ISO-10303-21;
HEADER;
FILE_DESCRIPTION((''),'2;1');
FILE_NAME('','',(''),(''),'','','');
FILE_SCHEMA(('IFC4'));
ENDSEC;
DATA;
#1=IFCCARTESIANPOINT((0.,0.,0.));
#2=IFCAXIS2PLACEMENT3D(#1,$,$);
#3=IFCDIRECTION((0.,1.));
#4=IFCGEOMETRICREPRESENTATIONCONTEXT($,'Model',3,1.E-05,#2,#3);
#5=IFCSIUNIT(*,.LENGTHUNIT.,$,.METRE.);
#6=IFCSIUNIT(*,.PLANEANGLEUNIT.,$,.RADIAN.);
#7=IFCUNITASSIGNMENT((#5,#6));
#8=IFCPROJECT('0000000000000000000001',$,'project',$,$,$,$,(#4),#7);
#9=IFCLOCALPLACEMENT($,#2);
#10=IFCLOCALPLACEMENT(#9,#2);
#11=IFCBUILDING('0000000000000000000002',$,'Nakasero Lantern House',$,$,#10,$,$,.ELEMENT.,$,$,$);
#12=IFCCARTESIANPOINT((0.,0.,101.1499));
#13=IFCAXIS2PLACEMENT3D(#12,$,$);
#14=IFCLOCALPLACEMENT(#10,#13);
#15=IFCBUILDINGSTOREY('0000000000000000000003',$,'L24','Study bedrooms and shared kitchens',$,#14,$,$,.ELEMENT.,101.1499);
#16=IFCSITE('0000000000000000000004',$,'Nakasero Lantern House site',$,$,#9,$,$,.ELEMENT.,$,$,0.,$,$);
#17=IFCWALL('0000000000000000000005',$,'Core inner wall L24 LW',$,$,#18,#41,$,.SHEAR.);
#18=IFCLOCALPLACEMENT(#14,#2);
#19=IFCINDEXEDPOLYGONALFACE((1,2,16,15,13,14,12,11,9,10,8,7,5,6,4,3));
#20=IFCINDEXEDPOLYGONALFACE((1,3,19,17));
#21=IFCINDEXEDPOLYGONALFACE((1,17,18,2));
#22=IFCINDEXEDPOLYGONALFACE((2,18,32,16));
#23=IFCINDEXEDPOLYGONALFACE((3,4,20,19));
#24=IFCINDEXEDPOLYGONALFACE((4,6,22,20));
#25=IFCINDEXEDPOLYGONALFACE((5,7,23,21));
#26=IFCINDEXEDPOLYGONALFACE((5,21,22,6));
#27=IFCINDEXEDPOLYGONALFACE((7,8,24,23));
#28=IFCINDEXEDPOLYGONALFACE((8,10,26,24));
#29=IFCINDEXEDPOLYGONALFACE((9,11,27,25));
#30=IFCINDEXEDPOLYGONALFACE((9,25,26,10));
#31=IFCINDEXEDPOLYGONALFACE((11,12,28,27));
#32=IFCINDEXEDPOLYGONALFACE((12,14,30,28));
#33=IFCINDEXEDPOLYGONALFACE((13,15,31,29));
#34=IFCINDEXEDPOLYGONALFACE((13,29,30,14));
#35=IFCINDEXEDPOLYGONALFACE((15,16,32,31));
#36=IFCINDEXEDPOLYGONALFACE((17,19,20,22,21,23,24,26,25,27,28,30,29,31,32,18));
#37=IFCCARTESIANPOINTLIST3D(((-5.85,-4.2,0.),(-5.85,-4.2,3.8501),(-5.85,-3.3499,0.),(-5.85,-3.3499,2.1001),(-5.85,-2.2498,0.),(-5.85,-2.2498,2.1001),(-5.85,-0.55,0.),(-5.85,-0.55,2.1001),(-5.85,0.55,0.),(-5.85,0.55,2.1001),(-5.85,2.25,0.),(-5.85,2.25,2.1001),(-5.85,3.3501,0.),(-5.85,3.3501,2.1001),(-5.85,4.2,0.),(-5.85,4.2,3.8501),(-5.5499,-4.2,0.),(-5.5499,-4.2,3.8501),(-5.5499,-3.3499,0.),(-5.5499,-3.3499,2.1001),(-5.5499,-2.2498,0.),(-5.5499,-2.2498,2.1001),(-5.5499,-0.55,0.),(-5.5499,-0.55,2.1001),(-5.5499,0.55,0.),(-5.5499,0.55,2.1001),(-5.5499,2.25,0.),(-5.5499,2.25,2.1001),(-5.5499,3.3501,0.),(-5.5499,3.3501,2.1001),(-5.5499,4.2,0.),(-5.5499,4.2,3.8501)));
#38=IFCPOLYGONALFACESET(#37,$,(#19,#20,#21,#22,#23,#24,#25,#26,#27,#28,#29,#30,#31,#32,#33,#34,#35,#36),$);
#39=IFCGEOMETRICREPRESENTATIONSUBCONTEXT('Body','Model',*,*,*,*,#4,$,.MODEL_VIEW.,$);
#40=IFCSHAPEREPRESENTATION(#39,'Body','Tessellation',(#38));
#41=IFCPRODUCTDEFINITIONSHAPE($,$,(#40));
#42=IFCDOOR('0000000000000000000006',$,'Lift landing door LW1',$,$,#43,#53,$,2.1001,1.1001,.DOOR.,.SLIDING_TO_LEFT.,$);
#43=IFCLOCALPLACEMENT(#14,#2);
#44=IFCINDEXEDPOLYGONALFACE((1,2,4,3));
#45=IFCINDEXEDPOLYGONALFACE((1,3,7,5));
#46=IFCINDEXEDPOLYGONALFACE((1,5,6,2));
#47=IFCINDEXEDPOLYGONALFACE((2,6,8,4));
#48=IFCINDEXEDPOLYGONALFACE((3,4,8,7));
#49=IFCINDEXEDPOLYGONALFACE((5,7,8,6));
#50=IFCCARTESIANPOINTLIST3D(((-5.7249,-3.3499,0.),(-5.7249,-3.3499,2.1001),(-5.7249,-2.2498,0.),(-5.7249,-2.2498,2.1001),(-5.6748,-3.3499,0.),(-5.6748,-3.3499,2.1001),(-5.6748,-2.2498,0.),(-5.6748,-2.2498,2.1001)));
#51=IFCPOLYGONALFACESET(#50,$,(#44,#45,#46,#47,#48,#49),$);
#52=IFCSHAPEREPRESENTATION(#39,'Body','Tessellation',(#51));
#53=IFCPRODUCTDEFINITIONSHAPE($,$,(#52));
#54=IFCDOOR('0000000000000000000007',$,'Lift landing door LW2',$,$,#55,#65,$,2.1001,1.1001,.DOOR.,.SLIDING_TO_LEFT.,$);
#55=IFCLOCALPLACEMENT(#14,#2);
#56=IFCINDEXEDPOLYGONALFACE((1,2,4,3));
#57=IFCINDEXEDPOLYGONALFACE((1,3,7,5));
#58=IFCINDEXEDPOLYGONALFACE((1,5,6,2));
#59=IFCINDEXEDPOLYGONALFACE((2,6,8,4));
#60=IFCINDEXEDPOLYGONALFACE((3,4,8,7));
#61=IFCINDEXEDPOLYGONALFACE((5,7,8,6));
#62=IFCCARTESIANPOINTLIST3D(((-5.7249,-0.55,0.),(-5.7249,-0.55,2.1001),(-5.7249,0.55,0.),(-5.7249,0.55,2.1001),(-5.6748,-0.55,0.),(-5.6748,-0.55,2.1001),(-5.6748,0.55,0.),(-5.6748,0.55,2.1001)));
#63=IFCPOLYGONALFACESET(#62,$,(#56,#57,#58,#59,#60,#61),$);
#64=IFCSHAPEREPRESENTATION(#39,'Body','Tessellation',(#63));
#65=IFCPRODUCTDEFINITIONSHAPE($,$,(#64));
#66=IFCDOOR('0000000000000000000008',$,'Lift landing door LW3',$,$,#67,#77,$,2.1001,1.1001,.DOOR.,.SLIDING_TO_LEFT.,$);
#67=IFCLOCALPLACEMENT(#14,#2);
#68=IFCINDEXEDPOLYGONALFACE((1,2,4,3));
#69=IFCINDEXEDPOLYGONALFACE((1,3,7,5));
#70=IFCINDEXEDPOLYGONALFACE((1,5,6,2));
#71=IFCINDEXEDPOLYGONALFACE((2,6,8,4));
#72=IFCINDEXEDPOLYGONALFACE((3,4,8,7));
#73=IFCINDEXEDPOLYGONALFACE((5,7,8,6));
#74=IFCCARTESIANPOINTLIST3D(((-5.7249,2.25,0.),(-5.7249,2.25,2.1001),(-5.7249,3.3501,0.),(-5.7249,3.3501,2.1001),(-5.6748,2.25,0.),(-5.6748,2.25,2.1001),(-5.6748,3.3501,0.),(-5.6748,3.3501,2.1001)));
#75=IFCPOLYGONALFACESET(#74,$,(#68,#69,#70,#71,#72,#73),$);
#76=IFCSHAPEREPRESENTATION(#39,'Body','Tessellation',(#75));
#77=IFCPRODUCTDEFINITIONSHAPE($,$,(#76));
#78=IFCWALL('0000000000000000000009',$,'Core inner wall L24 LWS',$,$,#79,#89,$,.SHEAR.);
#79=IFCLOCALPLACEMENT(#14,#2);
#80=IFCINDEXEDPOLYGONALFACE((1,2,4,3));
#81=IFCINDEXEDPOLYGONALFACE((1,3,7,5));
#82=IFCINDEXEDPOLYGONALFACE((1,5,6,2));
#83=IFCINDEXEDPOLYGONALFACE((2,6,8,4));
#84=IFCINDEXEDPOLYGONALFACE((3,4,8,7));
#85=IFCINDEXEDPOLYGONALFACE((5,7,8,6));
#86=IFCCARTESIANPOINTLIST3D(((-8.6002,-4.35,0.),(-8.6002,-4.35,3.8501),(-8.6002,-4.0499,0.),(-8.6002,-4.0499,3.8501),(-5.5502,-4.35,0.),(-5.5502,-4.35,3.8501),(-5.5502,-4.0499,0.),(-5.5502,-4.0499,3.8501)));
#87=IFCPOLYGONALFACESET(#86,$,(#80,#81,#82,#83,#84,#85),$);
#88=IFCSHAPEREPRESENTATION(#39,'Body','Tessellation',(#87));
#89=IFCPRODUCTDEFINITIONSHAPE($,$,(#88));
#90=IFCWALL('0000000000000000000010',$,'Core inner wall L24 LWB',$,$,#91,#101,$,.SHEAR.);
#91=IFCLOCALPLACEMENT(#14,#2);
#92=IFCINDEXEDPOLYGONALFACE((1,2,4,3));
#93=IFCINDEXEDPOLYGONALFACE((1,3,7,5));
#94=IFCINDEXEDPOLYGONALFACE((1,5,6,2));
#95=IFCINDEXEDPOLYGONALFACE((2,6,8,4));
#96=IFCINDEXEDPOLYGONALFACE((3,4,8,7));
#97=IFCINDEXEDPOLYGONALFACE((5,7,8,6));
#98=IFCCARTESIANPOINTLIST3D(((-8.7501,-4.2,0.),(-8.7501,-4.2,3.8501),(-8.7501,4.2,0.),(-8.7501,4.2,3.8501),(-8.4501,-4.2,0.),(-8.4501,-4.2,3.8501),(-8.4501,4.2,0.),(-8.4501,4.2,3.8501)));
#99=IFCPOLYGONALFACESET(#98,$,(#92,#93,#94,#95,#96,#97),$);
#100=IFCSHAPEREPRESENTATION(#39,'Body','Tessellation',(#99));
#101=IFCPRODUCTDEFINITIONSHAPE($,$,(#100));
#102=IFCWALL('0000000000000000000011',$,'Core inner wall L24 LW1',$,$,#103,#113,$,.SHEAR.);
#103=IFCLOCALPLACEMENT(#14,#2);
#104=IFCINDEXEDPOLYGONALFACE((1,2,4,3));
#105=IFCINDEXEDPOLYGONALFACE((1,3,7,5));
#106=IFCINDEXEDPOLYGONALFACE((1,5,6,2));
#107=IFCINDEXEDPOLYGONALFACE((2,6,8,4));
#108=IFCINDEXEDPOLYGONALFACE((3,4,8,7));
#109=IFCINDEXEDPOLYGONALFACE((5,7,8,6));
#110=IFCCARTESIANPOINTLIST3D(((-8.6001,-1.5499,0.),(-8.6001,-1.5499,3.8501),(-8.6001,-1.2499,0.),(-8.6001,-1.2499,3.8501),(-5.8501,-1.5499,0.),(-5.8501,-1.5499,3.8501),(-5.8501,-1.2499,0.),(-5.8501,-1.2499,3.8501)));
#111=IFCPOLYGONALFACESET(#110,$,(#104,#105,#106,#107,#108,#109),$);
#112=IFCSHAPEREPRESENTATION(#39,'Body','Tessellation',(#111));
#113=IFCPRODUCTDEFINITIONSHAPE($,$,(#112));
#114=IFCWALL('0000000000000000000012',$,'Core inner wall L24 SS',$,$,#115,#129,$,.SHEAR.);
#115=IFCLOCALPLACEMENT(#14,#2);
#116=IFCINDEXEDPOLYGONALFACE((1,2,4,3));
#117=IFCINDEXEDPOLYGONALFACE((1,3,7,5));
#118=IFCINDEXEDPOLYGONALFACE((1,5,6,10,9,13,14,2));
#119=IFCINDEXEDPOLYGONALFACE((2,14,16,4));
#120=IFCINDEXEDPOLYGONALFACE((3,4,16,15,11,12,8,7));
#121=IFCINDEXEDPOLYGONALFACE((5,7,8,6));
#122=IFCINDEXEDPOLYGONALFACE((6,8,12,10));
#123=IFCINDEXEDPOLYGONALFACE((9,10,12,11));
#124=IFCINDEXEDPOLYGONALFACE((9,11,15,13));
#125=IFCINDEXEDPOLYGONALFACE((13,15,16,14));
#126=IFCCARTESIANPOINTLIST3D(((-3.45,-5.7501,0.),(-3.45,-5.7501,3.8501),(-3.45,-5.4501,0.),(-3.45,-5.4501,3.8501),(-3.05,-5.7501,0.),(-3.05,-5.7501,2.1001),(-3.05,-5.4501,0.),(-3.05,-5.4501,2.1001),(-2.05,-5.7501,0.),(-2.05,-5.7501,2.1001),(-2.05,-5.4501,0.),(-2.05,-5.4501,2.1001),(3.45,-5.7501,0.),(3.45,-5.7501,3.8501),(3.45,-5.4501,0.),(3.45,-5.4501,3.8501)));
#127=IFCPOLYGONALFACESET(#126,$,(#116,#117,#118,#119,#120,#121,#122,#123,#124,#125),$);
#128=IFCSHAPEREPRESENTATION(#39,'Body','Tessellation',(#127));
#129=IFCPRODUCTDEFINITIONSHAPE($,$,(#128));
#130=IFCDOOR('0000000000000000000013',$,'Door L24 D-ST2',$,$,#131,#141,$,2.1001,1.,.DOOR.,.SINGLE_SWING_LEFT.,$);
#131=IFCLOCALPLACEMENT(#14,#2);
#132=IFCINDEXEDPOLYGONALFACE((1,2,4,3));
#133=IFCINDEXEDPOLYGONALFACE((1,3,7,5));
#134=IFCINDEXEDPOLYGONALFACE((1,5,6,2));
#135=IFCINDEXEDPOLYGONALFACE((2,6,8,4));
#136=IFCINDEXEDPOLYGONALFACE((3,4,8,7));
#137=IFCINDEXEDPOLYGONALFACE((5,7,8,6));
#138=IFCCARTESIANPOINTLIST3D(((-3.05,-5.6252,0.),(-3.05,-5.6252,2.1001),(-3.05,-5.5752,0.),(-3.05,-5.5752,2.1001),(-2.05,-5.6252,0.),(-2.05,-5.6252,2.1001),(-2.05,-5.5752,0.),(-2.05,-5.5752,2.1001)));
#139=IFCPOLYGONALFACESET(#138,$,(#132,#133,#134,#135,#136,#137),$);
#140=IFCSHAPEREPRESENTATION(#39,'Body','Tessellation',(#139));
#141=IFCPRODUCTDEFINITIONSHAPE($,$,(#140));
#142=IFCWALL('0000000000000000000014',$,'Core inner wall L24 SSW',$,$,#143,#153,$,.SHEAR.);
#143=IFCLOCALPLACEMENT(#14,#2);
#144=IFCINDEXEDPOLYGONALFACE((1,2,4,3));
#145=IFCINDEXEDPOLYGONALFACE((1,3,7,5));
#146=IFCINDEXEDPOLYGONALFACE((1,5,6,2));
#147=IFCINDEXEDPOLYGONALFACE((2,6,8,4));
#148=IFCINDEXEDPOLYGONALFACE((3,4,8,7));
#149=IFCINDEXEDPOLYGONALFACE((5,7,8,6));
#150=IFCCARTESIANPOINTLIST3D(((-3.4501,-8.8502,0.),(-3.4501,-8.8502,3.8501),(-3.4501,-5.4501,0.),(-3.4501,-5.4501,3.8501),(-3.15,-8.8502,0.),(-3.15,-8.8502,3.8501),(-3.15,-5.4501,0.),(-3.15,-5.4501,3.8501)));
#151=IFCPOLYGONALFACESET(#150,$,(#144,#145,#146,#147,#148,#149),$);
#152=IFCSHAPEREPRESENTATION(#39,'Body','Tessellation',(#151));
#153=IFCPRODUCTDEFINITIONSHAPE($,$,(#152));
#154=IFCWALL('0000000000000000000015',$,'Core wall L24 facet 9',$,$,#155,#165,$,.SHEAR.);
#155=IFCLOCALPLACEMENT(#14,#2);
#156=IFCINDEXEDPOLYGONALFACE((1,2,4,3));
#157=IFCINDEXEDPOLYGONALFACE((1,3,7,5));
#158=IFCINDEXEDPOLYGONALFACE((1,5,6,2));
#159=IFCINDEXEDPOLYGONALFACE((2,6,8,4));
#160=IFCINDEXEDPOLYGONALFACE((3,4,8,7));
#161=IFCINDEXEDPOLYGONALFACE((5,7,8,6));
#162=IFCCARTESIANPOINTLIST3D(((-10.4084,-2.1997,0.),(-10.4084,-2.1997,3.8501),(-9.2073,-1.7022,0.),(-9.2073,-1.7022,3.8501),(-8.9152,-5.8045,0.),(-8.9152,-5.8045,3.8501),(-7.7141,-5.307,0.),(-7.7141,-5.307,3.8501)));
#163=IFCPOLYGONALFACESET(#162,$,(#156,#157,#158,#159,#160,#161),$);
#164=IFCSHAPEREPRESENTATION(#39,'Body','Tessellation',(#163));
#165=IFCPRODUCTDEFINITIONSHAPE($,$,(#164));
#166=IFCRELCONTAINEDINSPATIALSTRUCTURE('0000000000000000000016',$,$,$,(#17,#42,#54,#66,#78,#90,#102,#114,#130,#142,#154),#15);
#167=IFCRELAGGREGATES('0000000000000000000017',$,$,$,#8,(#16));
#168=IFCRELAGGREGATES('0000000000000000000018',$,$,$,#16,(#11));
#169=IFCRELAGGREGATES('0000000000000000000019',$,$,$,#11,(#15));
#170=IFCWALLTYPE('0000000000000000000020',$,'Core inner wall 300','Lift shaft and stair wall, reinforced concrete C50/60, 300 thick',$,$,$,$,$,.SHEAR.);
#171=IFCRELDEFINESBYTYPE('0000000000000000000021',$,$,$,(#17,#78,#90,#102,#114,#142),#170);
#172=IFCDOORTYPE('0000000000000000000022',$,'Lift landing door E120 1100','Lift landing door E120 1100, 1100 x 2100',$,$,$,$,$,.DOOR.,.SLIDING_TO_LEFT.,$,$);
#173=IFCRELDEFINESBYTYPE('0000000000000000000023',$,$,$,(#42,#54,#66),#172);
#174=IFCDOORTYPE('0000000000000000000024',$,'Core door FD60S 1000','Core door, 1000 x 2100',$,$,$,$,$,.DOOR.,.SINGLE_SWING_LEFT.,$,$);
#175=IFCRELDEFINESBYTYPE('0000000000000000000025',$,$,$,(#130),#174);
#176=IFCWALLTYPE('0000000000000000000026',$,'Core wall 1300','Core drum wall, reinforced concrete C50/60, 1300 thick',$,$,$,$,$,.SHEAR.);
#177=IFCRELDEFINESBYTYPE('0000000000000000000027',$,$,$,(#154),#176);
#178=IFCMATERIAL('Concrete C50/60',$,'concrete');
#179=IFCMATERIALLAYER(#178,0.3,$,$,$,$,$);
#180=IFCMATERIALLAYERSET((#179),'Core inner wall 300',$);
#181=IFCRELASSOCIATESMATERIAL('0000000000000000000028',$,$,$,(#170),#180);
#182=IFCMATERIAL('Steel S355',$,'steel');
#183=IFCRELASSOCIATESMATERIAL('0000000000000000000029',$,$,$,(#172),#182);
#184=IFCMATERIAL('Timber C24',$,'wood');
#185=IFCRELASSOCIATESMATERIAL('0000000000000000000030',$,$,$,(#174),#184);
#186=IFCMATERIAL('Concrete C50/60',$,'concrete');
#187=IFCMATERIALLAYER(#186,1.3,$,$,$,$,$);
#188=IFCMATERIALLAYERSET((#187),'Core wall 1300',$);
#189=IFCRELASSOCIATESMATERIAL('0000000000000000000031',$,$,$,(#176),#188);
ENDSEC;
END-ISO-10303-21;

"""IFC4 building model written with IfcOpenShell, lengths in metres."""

from ifc_helpers import new_model, si_unit, direction, frame, frame_2d, origin, place, context, subcontext, project, spatial, rectangle, extrude, material, layer, layer_set, type_object, element, fill, save


model = new_model("IFC4")

# Units and contexts
model_context = context("Model", 3, precision=1e-05, world=origin(), true_north=direction((0.0, 1.0)))
body_context = subcontext(model_context, "Body", "Model", "MODEL_VIEW")
ifc_project = project(units=[si_unit("LENGTHUNIT", "METRE"), si_unit("PLANEANGLEUNIT", "RADIAN")], contexts=[model_context])

# Site, building, storey
site_placement = place(None, origin())
site = spatial("IfcSite", under=ifc_project, at=site_placement, Name="Nakasero Lantern House site", CompositionType="ELEMENT", RefElevation=0.0)
building_placement = place(site_placement, origin())
building = spatial("IfcBuilding", under=site, at=building_placement, Name="Nakasero Lantern House", CompositionType="ELEMENT")
storey_placement = place(building_placement, frame((0.0, 0.0, 101.1499)))
storey = spatial("IfcBuildingStorey", under=building, at=storey_placement, Name="L24", Description="Study bedrooms and shared kitchens", CompositionType="ELEMENT", Elevation=101.1499)

# Wall, openings, doors
ifc_material_1 = material(Name="Concrete C50/60", Category="concrete")
ifc_layer_1 = layer(ifc_material_1, 0.3)
ifc_layer_set_1 = layer_set([ifc_layer_1], Name="Core inner wall 300")
wall_type_1 = type_object("IfcWallType", Name="Core inner wall 300", Description="Lift shaft and stair wall, reinforced concrete C50/60, 300 thick", PredefinedType="SHEAR", material=ifc_layer_set_1)
wall_1_placement = place(storey_placement, frame((-5.7, -4.2, 0.0), z_axis=(0.0, 0.0, 1.0), x_axis=(0.0, 1.0, 0.0)))
wall_1 = element("IfcWall", 1, at=wall_1_placement, inside=storey, type_object=wall_type_1, Name="Core inner wall L24 LW", PredefinedType="SHEAR", context=body_context, shape_type="SweptSolid", body=[
    extrude(rectangle(XDim=8.3999, YDim=0.3, at=frame_2d((4.2, 0.0))), origin(), (0.0, 0.0, 1.0), 3.8501),
])
opening_1_placement = place(wall_1_placement, frame((0.8501, 0.0, 0.0)))
opening_1 = element("IfcOpeningElement", 2, at=opening_1_placement, cuts=wall_1, PredefinedType="OPENING", context=body_context, shape_type="SweptSolid", body=[
    extrude(rectangle(XDim=1.1001, YDim=2.1001, at=frame_2d((0.55, 1.05))), frame((0.0, 0.1699, 0.0), z_axis=(0.0, -1.0, 0.0), x_axis=(1.0, 0.0, 0.0)), (0.0, 0.0, 1.0), 0.3401),
])
opening_2_placement = place(wall_1_placement, frame((3.6499, 0.0, 0.0)))
opening_2 = element("IfcOpeningElement", 3, at=opening_2_placement, cuts=wall_1, PredefinedType="OPENING", context=body_context, shape_type="SweptSolid", body=[
    extrude(rectangle(XDim=1.1001, YDim=2.1001, at=frame_2d((0.55, 1.05))), frame((0.0, 0.1699, 0.0), z_axis=(0.0, -1.0, 0.0), x_axis=(1.0, 0.0, 0.0)), (0.0, 0.0, 1.0), 0.3401),
])
opening_3_placement = place(wall_1_placement, frame((6.45, 0.0, 0.0)))
opening_3 = element("IfcOpeningElement", 4, at=opening_3_placement, cuts=wall_1, PredefinedType="OPENING", context=body_context, shape_type="SweptSolid", body=[
    extrude(rectangle(XDim=1.1001, YDim=2.1001, at=frame_2d((0.55, 1.05))), frame((0.0, 0.1699, 0.0), z_axis=(0.0, -1.0, 0.0), x_axis=(1.0, 0.0, 0.0)), (0.0, 0.0, 1.0), 0.3401),
])
ifc_material_2 = material(Name="Steel S355", Category="steel")
door_type_1 = type_object("IfcDoorType", Name="Lift landing door E120 1100", Description="Lift landing door E120 1100, 1100 x 2100", OperationType="SLIDING_TO_LEFT", PredefinedType="DOOR", material=ifc_material_2)
door_1_placement = place(opening_1_placement, origin())
door_1 = element("IfcDoor", 5, at=door_1_placement, inside=storey, type_object=door_type_1, Name="Lift landing door LW1", OperationType="SLIDING_TO_LEFT", OverallHeight=2.1001, OverallWidth=1.1001, PredefinedType="DOOR", context=body_context, shape_type="SweptSolid", body=[
    extrude(rectangle(XDim=1.1001, YDim=2.1001, at=frame_2d((0.55, 1.05))), frame((0.0, 0.0249, 0.0), z_axis=(0.0, -1.0, 0.0), x_axis=(1.0, 0.0, 0.0)), (0.0, 0.0, 1.0), 0.05),
])
fill(opening_1, door_1)
door_2_placement = place(opening_2_placement, origin())
door_2 = element("IfcDoor", 6, at=door_2_placement, inside=storey, type_object=door_type_1, Name="Lift landing door LW2", OperationType="SLIDING_TO_LEFT", OverallHeight=2.1001, OverallWidth=1.1001, PredefinedType="DOOR", context=body_context, shape_type="SweptSolid", body=[
    extrude(rectangle(XDim=1.1001, YDim=2.1001, at=frame_2d((0.55, 1.05))), frame((0.0, 0.0249, 0.0), z_axis=(0.0, -1.0, 0.0), x_axis=(1.0, 0.0, 0.0)), (0.0, 0.0, 1.0), 0.05),
])
fill(opening_2, door_2)
door_3_placement = place(opening_3_placement, origin())
door_3 = element("IfcDoor", 7, at=door_3_placement, inside=storey, type_object=door_type_1, Name="Lift landing door LW3", OperationType="SLIDING_TO_LEFT", OverallHeight=2.1001, OverallWidth=1.1001, PredefinedType="DOOR", context=body_context, shape_type="SweptSolid", body=[
    extrude(rectangle(XDim=1.1001, YDim=2.1001, at=frame_2d((0.55, 1.05))), frame((0.0, 0.0249, 0.0), z_axis=(0.0, -1.0, 0.0), x_axis=(1.0, 0.0, 0.0)), (0.0, 0.0, 1.0), 0.05),
])
fill(opening_3, door_3)

# Walls
wall_2_placement = place(storey_placement, frame((-8.6001, -4.2, 0.0), z_axis=(0.0, 0.0, 1.0), x_axis=(1.0, 0.0, 0.0)))
element("IfcWall", 8, at=wall_2_placement, inside=storey, type_object=wall_type_1, Name="Core inner wall L24 LWS", PredefinedType="SHEAR", context=body_context, shape_type="SweptSolid", body=[
    extrude(rectangle(XDim=3.05, YDim=0.3, at=frame_2d((1.5249, 0.0))), origin(), (0.0, 0.0, 1.0), 3.8501),
])
wall_3_placement = place(storey_placement, frame((-8.6001, -4.2, 0.0), z_axis=(0.0, 0.0, 1.0), x_axis=(0.0, 1.0, 0.0)))
element("IfcWall", 9, at=wall_3_placement, inside=storey, type_object=wall_type_1, Name="Core inner wall L24 LWB", PredefinedType="SHEAR", context=body_context, shape_type="SweptSolid", body=[
    extrude(rectangle(XDim=8.3999, YDim=0.3, at=frame_2d((4.2, 0.0))), origin(), (0.0, 0.0, 1.0), 3.8501),
])
wall_4_placement = place(storey_placement, frame((-8.6001, -1.3999, 0.0), z_axis=(0.0, 0.0, 1.0), x_axis=(1.0, 0.0, 0.0)))
element("IfcWall", 10, at=wall_4_placement, inside=storey, type_object=wall_type_1, Name="Core inner wall L24 LW1", PredefinedType="SHEAR", context=body_context, shape_type="SweptSolid", body=[
    extrude(rectangle(XDim=2.75, YDim=0.3, at=frame_2d((1.375, 0.0))), origin(), (0.0, 0.0, 1.0), 3.8501),
])

# Wall, opening, door
wall_5_placement = place(storey_placement, frame((-3.45, -5.6001, 0.0), z_axis=(0.0, 0.0, 1.0), x_axis=(1.0, 0.0, 0.0)))
wall_5 = element("IfcWall", 11, at=wall_5_placement, inside=storey, type_object=wall_type_1, Name="Core inner wall L24 SS", PredefinedType="SHEAR", context=body_context, shape_type="SweptSolid", body=[
    extrude(rectangle(XDim=6.8999, YDim=0.3, at=frame_2d((3.45, 0.0))), origin(), (0.0, 0.0, 1.0), 3.8501),
])
opening_4_placement = place(wall_5_placement, frame((0.3999, 0.0, 0.0)))
opening_4 = element("IfcOpeningElement", 12, at=opening_4_placement, cuts=wall_5, PredefinedType="OPENING", context=body_context, shape_type="SweptSolid", body=[
    extrude(rectangle(XDim=1.0, YDim=2.1001, at=frame_2d((0.5, 1.05))), frame((0.0, 0.1699, 0.0), z_axis=(0.0, -1.0, 0.0), x_axis=(1.0, 0.0, 0.0)), (0.0, 0.0, 1.0), 0.3401),
])
ifc_material_3 = material(Name="Timber C24", Category="wood")
door_type_2 = type_object("IfcDoorType", Name="Core door FD60S 1000", Description="Core door, 1000 x 2100", OperationType="SINGLE_SWING_LEFT", PredefinedType="DOOR", material=ifc_material_3)
door_4_placement = place(opening_4_placement, origin())
door_4 = element("IfcDoor", 13, at=door_4_placement, inside=storey, type_object=door_type_2, Name="Door L24 D-ST2", OperationType="SINGLE_SWING_LEFT", OverallHeight=2.1001, OverallWidth=1.0, PredefinedType="DOOR", context=body_context, shape_type="SweptSolid", body=[
    extrude(rectangle(XDim=1.0, YDim=2.1001, at=frame_2d((0.5, 1.05))), frame((0.0, 0.0249, 0.0), z_axis=(0.0, -1.0, 0.0), x_axis=(1.0, 0.0, 0.0)), (0.0, 0.0, 1.0), 0.05),
])
fill(opening_4, door_4)

# Walls
wall_6_placement = place(storey_placement, frame((-3.3, -5.45, 0.0), z_axis=(0.0, 0.0, 1.0), x_axis=(0.0, -1.0, 0.0)))
element("IfcWall", 14, at=wall_6_placement, inside=storey, type_object=wall_type_1, Name="Core inner wall L24 SSW", PredefinedType="SHEAR", context=body_context, shape_type="SweptSolid", body=[
    extrude(rectangle(XDim=3.4001, YDim=0.3, at=frame_2d((1.7002, 0.0))), origin(), (0.0, 0.0, 1.0), 3.8501),
])
ifc_material_4 = material(Name="Concrete C50/60", Category="concrete")
ifc_layer_2 = layer(ifc_material_4, 1.3)
ifc_layer_set_2 = layer_set([ifc_layer_2], Name="Core wall 1300")
wall_type_2 = type_object("IfcWallType", Name="Core wall 1300", Description="Core drum wall, reinforced concrete C50/60, 1300 thick", PredefinedType="SHEAR", material=ifc_layer_set_2)
wall_7_placement = place(storey_placement, frame((-9.8079, -1.9509, 0.0), z_axis=(0.0, 0.0, 1.0), x_axis=(0.382691, -0.923877, 0.0)))
element("IfcWall", 15, at=wall_7_placement, inside=storey, type_object=wall_type_2, Name="Core wall L24 facet 9", PredefinedType="SHEAR", context=body_context, shape_type="SweptSolid", body=[
    extrude(rectangle(XDim=3.9019, YDim=1.3, at=frame_2d((1.9509, 0.0))), origin(), (0.0, 0.0, 1.0), 3.8501),
])

save(model, "model.ifc")
